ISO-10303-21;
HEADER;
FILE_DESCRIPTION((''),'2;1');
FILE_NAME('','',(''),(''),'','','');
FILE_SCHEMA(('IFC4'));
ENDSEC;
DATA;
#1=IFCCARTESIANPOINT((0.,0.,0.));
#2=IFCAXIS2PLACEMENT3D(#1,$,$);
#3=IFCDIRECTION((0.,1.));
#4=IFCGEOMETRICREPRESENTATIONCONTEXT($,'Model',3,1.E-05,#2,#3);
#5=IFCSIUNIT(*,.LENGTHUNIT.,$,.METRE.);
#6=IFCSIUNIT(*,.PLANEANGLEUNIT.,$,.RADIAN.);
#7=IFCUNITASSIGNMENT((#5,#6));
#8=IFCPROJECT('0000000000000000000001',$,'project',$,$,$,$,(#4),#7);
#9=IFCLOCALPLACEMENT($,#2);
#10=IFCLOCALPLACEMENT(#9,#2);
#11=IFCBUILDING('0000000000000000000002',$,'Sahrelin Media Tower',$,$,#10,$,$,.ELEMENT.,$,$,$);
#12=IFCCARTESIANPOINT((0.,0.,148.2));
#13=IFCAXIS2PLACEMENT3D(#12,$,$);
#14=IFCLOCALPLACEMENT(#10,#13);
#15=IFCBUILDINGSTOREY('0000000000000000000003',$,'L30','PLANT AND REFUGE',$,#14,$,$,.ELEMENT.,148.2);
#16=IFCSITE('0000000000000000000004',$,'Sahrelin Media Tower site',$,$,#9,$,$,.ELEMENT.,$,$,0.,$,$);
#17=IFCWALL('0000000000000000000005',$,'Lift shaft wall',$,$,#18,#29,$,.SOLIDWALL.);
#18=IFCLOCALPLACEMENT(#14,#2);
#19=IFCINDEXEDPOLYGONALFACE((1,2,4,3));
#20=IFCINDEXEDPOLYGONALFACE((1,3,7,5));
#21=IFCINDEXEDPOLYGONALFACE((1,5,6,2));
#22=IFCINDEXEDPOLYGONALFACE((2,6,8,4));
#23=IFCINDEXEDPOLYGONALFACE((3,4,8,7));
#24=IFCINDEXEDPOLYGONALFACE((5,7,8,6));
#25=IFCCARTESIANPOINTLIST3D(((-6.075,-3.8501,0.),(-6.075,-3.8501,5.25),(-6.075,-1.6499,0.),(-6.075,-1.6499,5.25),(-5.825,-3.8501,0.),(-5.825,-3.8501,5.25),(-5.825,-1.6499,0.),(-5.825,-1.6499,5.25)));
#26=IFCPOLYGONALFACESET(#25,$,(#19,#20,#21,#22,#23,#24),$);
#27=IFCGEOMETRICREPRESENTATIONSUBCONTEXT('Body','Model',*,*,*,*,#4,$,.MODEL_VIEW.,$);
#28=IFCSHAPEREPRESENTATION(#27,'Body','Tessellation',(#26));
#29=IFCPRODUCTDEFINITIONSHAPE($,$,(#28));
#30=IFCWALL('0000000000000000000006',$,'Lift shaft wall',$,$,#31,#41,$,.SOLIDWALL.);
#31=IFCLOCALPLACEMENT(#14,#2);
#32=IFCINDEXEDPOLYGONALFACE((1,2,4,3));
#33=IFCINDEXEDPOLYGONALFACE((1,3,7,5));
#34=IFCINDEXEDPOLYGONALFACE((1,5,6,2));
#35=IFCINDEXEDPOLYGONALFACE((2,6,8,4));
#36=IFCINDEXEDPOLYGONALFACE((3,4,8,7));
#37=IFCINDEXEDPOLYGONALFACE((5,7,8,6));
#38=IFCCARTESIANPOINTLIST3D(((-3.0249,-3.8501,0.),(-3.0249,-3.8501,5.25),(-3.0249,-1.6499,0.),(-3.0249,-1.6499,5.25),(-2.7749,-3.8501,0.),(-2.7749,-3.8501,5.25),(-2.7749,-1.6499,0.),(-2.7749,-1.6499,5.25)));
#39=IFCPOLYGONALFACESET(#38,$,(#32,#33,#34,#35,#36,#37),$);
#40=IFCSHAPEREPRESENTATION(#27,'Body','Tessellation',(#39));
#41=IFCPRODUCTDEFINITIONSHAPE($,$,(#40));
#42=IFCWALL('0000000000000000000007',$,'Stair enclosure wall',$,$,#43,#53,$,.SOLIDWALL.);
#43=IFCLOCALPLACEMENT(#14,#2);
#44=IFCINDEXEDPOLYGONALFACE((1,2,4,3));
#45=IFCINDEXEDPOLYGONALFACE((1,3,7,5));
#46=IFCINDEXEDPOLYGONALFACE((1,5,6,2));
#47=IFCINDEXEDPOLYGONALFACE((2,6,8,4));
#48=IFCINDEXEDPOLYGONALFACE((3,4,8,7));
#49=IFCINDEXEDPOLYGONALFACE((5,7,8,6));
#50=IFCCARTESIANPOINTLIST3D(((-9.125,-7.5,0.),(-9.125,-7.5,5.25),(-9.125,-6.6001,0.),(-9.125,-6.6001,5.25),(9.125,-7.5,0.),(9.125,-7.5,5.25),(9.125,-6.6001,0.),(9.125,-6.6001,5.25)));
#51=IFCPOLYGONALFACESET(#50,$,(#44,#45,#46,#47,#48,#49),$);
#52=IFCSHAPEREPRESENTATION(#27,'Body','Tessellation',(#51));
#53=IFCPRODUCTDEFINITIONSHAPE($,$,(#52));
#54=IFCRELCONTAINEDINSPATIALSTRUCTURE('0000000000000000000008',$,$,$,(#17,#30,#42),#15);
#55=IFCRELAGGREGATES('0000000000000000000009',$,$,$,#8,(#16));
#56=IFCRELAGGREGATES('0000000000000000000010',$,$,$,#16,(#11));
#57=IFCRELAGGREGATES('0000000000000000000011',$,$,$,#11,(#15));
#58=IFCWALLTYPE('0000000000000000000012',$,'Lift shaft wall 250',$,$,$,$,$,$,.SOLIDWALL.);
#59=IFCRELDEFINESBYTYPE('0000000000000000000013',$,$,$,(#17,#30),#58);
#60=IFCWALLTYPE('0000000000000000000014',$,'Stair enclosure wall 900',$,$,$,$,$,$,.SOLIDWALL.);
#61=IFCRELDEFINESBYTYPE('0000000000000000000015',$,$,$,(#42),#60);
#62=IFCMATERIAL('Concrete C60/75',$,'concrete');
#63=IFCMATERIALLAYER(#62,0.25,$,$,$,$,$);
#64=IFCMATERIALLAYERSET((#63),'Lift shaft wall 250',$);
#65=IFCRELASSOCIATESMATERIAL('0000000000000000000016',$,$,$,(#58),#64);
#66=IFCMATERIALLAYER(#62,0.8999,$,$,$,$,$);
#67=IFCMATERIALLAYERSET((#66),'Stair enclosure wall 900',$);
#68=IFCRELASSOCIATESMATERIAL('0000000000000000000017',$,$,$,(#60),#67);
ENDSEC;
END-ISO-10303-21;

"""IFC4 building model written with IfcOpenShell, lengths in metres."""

from ifc_helpers import new_model, si_unit, direction, frame, frame_2d, origin, place, context, subcontext, project, spatial, rectangle, extrude, material, layer, layer_set, type_object, element, save


model = new_model("IFC4")

# Units and contexts
model_context = context("Model", 3, precision=1e-05, world=origin(), true_north=direction((0.0, 1.0)))
body_context = subcontext(model_context, "Body", "Model", "MODEL_VIEW")
ifc_project = project(units=[si_unit("LENGTHUNIT", "METRE"), si_unit("PLANEANGLEUNIT", "RADIAN")], contexts=[model_context])

# Site, building, storey
site_placement = place(None, origin())
site = spatial("IfcSite", under=ifc_project, at=site_placement, Name="Sahrelin Media Tower site", CompositionType="ELEMENT", RefElevation=0.0)
building_placement = place(site_placement, origin())
building = spatial("IfcBuilding", under=site, at=building_placement, Name="Sahrelin Media Tower", CompositionType="ELEMENT")
storey_placement = place(building_placement, frame((0.0, 0.0, 148.2)))
storey = spatial("IfcBuildingStorey", under=building, at=storey_placement, Name="L30", Description="PLANT AND REFUGE", CompositionType="ELEMENT", Elevation=148.2)

# Shared definitions
ifc_material_1 = material(Name="Concrete C60/75", Category="concrete")

# Shared definitions
ifc_layer_1 = layer(ifc_material_1, 0.25)
ifc_layer_set_1 = layer_set([ifc_layer_1], Name="Lift shaft wall 250")
wall_type_1 = type_object("IfcWallType", Name="Lift shaft wall 250", PredefinedType="SOLIDWALL", material=ifc_layer_set_1)

# Walls
for number, where, z_axis, x_axis, name in (
    (1, (-5.95, -3.8501, 0.0), (0.0, 0.0, 1.0), (0.0, 1.0, 0.0), "Lift shaft wall"),
    (2, (-2.8999, -3.8501, 0.0), (0.0, 0.0, 1.0), (0.0, 1.0, 0.0), "Lift shaft wall"),
):
    element("IfcWall", number, at=place(storey_placement, frame(where, z_axis=z_axis, x_axis=x_axis)), inside=storey, type_object=wall_type_1, Name=name, PredefinedType="SOLIDWALL", context=body_context, shape_type="SweptSolid", body=[
        extrude(rectangle(XDim=2.2002, YDim=0.25, at=frame_2d((1.1001, 0.0))), origin(), (0.0, 0.0, 1.0), 5.25),
    ])
ifc_layer_2 = layer(ifc_material_1, 0.8999)
ifc_layer_set_2 = layer_set([ifc_layer_2], Name="Stair enclosure wall 900")
wall_type_2 = type_object("IfcWallType", Name="Stair enclosure wall 900", PredefinedType="SOLIDWALL", material=ifc_layer_set_2)
wall_1_placement = place(storey_placement, frame((-9.125, -7.05, 0.0), z_axis=(0.0, 0.0, 1.0), x_axis=(1.0, 0.0, 0.0)))
element("IfcWall", 3, at=wall_1_placement, inside=storey, type_object=wall_type_2, Name="Stair enclosure wall", PredefinedType="SOLIDWALL", context=body_context, shape_type="SweptSolid", body=[
    extrude(rectangle(XDim=18.25, YDim=0.8999, at=frame_2d((9.125, 0.0))), origin(), (0.0, 0.0, 1.0), 5.25),
])

save(model, "model.ifc")
